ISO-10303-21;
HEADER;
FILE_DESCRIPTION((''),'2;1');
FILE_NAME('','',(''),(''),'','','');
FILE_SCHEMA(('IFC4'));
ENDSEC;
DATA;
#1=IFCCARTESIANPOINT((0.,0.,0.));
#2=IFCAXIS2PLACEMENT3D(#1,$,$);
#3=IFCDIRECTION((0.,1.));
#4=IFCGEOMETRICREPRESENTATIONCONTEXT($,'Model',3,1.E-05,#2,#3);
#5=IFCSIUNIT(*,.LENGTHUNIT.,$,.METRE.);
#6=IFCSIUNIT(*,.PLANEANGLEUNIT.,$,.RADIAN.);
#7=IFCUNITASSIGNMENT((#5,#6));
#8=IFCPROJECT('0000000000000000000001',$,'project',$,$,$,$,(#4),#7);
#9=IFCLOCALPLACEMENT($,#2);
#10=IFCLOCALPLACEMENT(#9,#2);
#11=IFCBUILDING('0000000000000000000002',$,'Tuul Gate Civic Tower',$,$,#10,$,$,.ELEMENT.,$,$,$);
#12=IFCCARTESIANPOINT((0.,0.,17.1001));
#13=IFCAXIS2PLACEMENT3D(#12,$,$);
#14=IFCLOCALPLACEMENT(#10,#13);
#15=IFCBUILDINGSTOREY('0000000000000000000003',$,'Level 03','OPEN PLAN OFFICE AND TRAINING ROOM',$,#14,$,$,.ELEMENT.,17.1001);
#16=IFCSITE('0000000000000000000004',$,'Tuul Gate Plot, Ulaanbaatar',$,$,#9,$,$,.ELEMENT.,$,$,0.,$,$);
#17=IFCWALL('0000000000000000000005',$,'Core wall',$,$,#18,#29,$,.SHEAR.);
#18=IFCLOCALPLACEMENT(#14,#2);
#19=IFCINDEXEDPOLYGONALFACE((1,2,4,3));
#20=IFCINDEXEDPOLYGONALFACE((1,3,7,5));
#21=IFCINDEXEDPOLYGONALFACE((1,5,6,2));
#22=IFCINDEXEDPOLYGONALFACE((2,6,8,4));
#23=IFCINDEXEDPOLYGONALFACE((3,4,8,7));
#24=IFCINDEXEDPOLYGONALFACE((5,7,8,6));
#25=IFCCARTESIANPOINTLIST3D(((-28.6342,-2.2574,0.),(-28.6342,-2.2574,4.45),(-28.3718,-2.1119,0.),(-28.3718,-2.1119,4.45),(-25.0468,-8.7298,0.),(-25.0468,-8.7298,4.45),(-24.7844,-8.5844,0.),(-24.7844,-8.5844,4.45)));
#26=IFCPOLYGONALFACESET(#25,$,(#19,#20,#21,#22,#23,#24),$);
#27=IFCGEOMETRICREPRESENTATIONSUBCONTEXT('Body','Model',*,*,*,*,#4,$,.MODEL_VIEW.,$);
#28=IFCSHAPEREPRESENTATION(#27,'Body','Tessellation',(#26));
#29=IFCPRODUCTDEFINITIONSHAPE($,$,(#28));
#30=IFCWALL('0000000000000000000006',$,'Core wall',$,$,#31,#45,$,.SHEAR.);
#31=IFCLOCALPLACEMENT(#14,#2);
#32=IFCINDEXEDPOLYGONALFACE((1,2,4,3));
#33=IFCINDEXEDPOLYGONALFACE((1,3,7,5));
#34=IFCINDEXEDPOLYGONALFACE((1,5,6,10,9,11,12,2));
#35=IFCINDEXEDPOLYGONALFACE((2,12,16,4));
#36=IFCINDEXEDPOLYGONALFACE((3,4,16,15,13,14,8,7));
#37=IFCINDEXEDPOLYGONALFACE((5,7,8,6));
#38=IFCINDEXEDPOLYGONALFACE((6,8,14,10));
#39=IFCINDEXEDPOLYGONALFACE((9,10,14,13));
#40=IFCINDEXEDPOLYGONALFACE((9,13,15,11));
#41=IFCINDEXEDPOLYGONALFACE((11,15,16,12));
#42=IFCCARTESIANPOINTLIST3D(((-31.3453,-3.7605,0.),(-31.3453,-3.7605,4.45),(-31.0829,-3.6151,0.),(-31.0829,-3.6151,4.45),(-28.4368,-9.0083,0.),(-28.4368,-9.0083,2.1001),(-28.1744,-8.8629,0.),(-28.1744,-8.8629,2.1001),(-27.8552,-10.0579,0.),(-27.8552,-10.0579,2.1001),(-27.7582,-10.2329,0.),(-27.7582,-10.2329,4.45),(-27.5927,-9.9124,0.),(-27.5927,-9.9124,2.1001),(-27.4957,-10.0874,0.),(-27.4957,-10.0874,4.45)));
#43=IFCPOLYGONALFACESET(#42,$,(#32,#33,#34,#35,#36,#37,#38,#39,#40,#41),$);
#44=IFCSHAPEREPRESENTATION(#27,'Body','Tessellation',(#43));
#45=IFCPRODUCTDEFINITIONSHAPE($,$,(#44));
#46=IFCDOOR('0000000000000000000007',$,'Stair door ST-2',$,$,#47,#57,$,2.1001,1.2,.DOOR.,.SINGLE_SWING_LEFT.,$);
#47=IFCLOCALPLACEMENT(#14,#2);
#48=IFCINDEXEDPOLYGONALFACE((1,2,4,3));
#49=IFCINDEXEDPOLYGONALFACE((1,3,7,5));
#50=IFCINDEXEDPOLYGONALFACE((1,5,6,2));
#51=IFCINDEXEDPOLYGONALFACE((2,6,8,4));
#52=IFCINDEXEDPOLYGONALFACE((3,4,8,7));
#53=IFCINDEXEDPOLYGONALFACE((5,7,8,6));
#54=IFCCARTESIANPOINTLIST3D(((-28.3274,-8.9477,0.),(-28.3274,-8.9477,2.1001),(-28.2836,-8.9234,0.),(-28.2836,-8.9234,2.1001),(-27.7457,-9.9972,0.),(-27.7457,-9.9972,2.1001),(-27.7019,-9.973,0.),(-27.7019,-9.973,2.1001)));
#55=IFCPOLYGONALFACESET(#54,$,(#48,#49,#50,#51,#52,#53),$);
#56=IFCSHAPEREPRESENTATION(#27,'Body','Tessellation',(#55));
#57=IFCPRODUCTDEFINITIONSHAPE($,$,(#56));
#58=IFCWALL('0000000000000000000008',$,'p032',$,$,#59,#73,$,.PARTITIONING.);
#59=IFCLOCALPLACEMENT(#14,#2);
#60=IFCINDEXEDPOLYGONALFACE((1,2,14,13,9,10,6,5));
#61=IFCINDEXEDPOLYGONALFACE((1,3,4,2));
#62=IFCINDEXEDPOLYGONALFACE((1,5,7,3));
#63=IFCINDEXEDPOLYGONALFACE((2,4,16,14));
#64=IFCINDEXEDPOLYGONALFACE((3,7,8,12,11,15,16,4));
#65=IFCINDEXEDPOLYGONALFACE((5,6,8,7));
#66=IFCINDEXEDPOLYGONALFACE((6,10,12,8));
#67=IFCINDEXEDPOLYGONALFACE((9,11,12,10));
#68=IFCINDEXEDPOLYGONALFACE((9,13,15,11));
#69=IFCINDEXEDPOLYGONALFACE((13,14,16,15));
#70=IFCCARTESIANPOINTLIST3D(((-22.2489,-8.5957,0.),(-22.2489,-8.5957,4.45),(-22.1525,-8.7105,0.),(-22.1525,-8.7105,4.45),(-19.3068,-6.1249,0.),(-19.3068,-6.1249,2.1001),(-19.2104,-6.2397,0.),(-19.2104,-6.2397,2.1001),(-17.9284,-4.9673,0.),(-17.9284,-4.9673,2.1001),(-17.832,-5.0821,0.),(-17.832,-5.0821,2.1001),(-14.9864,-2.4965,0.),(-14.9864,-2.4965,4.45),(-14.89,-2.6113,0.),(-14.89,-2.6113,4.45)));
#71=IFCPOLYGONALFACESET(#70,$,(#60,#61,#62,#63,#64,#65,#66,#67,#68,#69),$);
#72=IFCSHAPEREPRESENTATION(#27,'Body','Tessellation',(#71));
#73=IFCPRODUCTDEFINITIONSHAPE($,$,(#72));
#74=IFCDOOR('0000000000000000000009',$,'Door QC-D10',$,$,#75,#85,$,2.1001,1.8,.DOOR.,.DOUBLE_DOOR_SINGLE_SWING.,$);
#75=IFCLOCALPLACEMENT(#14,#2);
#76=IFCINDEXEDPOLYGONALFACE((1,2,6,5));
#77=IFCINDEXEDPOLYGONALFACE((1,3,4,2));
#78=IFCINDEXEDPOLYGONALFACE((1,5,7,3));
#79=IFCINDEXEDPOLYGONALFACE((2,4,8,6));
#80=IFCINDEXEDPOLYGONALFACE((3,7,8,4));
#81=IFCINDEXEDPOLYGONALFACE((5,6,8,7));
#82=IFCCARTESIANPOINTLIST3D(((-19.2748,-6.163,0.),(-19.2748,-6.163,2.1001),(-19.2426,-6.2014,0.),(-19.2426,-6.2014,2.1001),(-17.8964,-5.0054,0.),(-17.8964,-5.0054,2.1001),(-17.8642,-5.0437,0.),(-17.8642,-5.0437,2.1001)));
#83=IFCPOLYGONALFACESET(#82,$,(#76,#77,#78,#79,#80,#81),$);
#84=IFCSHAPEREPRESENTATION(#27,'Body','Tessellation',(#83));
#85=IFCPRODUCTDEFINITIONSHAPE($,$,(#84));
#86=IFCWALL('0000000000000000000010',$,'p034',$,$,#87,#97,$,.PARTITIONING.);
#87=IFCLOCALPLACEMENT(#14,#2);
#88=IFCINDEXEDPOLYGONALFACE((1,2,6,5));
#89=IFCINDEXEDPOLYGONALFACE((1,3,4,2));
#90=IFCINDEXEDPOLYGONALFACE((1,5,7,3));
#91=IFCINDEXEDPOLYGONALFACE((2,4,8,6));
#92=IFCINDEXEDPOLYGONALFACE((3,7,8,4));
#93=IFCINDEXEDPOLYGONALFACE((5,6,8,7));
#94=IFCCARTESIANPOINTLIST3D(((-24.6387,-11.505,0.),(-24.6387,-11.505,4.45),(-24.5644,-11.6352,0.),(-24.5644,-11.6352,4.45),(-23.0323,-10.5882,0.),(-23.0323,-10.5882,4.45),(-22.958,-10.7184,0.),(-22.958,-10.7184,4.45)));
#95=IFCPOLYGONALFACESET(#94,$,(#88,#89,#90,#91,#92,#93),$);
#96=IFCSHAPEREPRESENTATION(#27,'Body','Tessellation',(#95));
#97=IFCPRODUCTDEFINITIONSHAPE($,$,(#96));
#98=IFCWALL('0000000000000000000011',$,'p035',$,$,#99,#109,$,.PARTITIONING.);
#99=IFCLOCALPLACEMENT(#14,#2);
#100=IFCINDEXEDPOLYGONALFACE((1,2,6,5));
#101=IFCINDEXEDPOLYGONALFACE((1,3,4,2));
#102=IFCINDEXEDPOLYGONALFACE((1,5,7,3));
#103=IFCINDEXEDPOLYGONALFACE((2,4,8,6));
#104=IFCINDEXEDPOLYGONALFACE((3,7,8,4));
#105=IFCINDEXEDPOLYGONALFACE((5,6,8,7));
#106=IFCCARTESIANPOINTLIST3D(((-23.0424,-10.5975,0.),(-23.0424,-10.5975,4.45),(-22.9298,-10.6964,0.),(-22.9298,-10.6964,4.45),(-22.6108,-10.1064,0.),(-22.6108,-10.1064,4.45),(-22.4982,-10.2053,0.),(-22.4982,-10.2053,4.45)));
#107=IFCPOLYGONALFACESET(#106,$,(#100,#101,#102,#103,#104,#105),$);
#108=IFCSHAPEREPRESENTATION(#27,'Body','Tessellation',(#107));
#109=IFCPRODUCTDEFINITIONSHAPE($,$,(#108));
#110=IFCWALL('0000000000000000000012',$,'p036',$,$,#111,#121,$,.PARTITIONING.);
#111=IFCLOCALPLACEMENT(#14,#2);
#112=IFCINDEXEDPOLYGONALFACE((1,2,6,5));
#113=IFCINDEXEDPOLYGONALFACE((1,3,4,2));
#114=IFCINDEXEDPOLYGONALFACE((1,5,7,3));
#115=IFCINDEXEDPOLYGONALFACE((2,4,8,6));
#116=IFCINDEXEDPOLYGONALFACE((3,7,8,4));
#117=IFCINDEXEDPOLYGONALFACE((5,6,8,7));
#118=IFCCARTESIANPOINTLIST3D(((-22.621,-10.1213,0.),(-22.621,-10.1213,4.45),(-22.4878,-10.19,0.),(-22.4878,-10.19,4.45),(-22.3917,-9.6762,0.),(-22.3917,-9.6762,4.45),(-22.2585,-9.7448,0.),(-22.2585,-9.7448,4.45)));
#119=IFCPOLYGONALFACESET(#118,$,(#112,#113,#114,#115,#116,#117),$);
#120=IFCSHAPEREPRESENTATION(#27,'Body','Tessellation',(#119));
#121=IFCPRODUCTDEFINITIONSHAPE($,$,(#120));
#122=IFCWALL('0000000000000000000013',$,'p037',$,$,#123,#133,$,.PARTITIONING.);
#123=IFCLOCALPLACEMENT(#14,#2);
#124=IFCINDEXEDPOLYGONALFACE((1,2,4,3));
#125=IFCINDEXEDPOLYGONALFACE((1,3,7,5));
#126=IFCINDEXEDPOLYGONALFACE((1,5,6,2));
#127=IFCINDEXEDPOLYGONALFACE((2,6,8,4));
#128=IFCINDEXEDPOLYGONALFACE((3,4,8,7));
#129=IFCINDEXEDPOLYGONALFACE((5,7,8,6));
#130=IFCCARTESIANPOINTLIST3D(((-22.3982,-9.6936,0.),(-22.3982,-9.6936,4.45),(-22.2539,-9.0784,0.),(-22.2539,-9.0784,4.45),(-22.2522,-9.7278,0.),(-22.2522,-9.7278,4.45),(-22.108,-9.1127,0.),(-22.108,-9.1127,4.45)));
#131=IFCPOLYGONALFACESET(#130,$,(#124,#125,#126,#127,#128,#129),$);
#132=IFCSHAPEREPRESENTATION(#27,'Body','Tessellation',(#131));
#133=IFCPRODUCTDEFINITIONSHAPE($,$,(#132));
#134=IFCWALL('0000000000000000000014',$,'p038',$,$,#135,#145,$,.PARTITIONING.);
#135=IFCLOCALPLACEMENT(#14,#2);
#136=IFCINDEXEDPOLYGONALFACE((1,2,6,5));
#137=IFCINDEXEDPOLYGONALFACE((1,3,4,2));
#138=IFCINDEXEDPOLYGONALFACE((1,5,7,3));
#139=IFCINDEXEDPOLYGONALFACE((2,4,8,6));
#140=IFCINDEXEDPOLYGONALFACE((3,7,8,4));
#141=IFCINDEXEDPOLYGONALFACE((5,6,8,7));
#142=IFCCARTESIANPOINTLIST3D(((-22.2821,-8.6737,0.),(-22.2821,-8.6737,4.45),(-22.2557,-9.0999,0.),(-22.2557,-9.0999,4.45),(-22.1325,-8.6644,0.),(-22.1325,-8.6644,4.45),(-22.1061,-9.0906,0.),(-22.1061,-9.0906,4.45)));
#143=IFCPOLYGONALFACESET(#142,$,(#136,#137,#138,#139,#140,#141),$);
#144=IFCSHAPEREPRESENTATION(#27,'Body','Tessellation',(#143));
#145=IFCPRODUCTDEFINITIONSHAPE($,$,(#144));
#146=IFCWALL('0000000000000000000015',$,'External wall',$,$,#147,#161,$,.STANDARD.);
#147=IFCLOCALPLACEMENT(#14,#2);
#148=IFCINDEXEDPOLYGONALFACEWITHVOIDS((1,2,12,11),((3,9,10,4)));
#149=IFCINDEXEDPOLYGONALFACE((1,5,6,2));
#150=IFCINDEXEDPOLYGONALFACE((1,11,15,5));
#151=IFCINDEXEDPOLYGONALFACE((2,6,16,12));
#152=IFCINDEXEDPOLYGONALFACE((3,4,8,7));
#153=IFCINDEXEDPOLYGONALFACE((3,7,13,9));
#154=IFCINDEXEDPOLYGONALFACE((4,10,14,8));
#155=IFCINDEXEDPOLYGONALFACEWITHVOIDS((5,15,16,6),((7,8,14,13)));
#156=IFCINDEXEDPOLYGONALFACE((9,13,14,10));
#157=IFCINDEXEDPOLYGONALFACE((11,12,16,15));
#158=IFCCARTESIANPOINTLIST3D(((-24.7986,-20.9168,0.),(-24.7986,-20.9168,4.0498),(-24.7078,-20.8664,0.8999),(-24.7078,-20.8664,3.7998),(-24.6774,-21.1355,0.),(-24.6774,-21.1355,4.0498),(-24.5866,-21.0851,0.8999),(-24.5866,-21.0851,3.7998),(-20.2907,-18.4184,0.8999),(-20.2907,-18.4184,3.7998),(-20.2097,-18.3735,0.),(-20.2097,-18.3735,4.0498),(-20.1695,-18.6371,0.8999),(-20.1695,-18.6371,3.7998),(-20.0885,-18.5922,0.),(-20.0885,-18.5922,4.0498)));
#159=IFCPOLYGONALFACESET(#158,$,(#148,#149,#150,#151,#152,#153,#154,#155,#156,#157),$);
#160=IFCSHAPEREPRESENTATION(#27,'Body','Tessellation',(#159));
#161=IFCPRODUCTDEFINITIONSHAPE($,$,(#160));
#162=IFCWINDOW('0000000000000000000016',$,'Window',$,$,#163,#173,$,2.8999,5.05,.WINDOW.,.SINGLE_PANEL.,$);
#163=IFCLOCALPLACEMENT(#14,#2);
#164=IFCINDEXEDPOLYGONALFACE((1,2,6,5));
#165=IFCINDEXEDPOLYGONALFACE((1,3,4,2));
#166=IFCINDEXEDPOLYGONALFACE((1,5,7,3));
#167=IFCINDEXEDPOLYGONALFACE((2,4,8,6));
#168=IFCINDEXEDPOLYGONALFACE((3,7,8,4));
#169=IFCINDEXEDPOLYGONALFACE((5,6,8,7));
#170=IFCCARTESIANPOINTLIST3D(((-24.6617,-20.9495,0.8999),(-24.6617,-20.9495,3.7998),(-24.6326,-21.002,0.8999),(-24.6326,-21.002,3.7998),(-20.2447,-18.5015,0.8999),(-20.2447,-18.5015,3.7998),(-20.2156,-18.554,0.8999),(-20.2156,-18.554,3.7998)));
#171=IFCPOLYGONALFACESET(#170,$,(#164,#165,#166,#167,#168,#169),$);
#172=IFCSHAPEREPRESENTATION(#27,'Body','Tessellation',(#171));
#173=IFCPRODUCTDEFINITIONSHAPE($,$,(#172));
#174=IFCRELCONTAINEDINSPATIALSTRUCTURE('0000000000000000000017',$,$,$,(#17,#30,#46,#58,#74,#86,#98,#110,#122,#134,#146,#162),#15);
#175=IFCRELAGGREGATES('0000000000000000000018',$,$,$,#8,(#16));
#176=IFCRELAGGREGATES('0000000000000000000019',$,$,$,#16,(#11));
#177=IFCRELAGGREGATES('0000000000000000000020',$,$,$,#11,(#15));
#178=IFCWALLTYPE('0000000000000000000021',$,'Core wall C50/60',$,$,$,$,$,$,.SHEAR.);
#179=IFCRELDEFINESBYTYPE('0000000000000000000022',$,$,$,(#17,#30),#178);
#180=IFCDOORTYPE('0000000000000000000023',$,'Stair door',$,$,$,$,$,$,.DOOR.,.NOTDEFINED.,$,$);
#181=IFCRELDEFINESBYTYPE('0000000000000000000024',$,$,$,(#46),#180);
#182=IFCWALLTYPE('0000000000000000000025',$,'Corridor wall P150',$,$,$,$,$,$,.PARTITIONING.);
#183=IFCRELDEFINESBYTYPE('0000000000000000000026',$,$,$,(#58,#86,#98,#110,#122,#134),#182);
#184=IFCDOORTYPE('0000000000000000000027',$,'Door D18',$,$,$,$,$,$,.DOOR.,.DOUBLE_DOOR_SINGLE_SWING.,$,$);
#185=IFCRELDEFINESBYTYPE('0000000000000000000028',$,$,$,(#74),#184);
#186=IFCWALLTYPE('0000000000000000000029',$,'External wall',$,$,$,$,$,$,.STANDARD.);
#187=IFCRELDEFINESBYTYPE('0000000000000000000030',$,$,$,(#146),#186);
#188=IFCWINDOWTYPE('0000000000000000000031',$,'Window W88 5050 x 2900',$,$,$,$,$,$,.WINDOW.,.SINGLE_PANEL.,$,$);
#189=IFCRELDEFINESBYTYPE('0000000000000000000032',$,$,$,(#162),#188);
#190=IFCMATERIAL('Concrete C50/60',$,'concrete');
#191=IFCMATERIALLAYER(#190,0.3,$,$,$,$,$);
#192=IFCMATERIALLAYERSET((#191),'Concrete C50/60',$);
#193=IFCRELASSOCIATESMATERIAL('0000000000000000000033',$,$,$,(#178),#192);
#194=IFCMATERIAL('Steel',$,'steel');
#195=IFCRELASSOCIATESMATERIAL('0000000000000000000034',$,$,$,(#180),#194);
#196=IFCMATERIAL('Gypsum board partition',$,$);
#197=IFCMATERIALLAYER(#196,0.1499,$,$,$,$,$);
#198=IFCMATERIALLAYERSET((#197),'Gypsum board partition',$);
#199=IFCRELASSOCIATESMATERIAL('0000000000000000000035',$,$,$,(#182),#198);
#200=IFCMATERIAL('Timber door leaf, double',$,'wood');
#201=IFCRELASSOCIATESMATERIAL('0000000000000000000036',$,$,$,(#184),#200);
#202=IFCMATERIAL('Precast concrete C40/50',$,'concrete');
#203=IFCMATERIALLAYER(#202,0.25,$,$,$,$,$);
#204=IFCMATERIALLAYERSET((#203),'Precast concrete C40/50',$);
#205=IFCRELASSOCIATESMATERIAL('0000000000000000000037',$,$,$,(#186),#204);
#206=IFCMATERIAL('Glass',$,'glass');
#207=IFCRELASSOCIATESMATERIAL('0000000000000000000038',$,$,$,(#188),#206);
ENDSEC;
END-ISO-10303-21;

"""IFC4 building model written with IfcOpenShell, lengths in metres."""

from ifc_helpers import new_model, si_unit, direction, frame, frame_2d, origin, place, context, subcontext, project, spatial, rectangle, extrude, material, layer, layer_set, type_object, element, fill, save


model = new_model("IFC4")

# Units and contexts
model_context = context("Model", 3, precision=1e-05, world=origin(), true_north=direction((0.0, 1.0)))
body_context = subcontext(model_context, "Body", "Model", "MODEL_VIEW")
ifc_project = project(units=[si_unit("LENGTHUNIT", "METRE"), si_unit("PLANEANGLEUNIT", "RADIAN")], contexts=[model_context])

# Site, building, storey
site_placement = place(None, origin())
site = spatial("IfcSite", under=ifc_project, at=site_placement, Name="Tuul Gate Plot, Ulaanbaatar", CompositionType="ELEMENT", RefElevation=0.0)
building_placement = place(site_placement, origin())
building = spatial("IfcBuilding", under=site, at=building_placement, Name="Tuul Gate Civic Tower", CompositionType="ELEMENT")
storey_placement = place(building_placement, frame((0.0, 0.0, 17.1001)))
storey = spatial("IfcBuildingStorey", under=building, at=storey_placement, Name="Level 03", Description="OPEN PLAN OFFICE AND TRAINING ROOM", CompositionType="ELEMENT", Elevation=17.1001)

# Wall
ifc_material_1 = material(Name="Concrete C50/60", Category="concrete")
ifc_layer_1 = layer(ifc_material_1, 0.3)
ifc_layer_set_1 = layer_set([ifc_layer_1], Name="Concrete C50/60")
wall_type_1 = type_object("IfcWallType", Name="Core wall C50/60", PredefinedType="SHEAR", material=ifc_layer_set_1)
wall_1_placement = place(storey_placement, frame((-24.9155, -8.6572, 0.0), z_axis=(0.0, 0.0, 1.0), x_axis=(-0.484777, 0.874638, 0.0)))
element("IfcWall", 1, at=wall_1_placement, inside=storey, type_object=wall_type_1, Name="Core wall", PredefinedType="SHEAR", context=body_context, shape_type="SweptSolid", body=[
    extrude(rectangle(XDim=7.4001, YDim=0.3, at=frame_2d((3.7002, 0.0))), origin(), (0.0, 0.0, 1.0), 4.45),
])

# Walls, openings, doors
wall_2_placement = place(storey_placement, frame((-27.627, -10.1602, 0.0), z_axis=(0.0, 0.0, 1.0), x_axis=(-0.484752, 0.874652, 0.0)))
wall_2 = element("IfcWall", 2, at=wall_2_placement, inside=storey, type_object=wall_type_1, Name="Core wall", PredefinedType="SHEAR", context=body_context, shape_type="SweptSolid", body=[
    extrude(rectangle(XDim=7.3999, YDim=0.3, at=frame_2d((3.7, 0.0))), origin(), (0.0, 0.0, 1.0), 4.45),
])
opening_1_placement = place(wall_2_placement, frame((0.2, 0.0, 0.0)))
opening_1 = element("IfcOpeningElement", 3, at=opening_1_placement, cuts=wall_2, PredefinedType="OPENING", context=body_context, shape_type="SweptSolid", body=[
    extrude(rectangle(XDim=1.2, YDim=2.1001, at=frame_2d((0.6001, 1.05))), frame((0.0, 0.1602, 0.0), z_axis=(0.0, -1.0, 0.0), x_axis=(1.0, 0.0, 0.0)), (0.0, 0.0, 1.0), 0.3201),
])
ifc_material_2 = material(Name="Steel", Category="steel")
door_type_1 = type_object("IfcDoorType", Name="Stair door", OperationType="NOTDEFINED", PredefinedType="DOOR", material=ifc_material_2)
door_1_placement = place(opening_1_placement, origin())
door_1 = element("IfcDoor", 4, at=door_1_placement, inside=storey, type_object=door_type_1, Name="Stair door ST-2", OperationType="SINGLE_SWING_LEFT", OverallHeight=2.1001, OverallWidth=1.2, PredefinedType="DOOR", context=body_context, shape_type="SweptSolid", body=[
    extrude(rectangle(XDim=1.2, YDim=2.1001, at=frame_2d((0.6001, 1.05))), frame((0.0, 0.0249, 0.0), z_axis=(0.0, -1.0, 0.0), x_axis=(1.0, 0.0, 0.0)), (0.0, 0.0, 1.0), 0.05),
])
fill(opening_1, door_1)
ifc_material_3 = material(Name="Gypsum board partition")
ifc_layer_2 = layer(ifc_material_3, 0.1499)
ifc_layer_set_2 = layer_set([ifc_layer_2], Name="Gypsum board partition")
wall_type_2 = type_object("IfcWallType", Name="Corridor wall P150", PredefinedType="PARTITIONING", material=ifc_layer_set_2)
wall_3_placement = place(storey_placement, frame((-22.2007, -8.6531, 0.0), z_axis=(0.0, 0.0, 1.0), x_axis=(0.765774, 0.643109, 0.0)))
wall_3 = element("IfcWall", 5, at=wall_3_placement, inside=storey, type_object=wall_type_2, Name="p032", PredefinedType="PARTITIONING", context=body_context, shape_type="SweptSolid", body=[
    extrude(rectangle(XDim=9.4839, YDim=0.1499, at=frame_2d((4.7419, 0.0))), origin(), (0.0, 0.0, 1.0), 4.45),
])
opening_2_placement = place(wall_3_placement, frame((3.842, 0.0, 0.0)))
opening_2 = element("IfcOpeningElement", 6, at=opening_2_placement, cuts=wall_3, PredefinedType="OPENING", context=body_context, shape_type="SweptSolid", body=[
    extrude(rectangle(XDim=1.8, YDim=2.1001, at=frame_2d((0.8999, 1.05))), frame((0.0, 0.085, 0.0), z_axis=(0.0, -1.0, 0.0), x_axis=(1.0, 0.0, 0.0)), (0.0, 0.0, 1.0), 0.1699),
])
ifc_material_4 = material(Name="Timber door leaf, double", Category="wood")
door_type_2 = type_object("IfcDoorType", Name="Door D18", OperationType="DOUBLE_DOOR_SINGLE_SWING", PredefinedType="DOOR", material=ifc_material_4)
door_2_placement = place(opening_2_placement, frame((1.8, 0.0, 0.0), z_axis=(0.0, 0.0, 1.0), x_axis=(-1.0, 0.0, 0.0)))
door_2 = element("IfcDoor", 7, at=door_2_placement, inside=storey, type_object=door_type_2, Name="Door QC-D10", OperationType="DOUBLE_DOOR_SINGLE_SWING", OverallHeight=2.1001, OverallWidth=1.8, PredefinedType="DOOR", context=body_context, shape_type="SweptSolid", body=[
    extrude(rectangle(XDim=1.8, YDim=2.1001, at=frame_2d((0.9001, 1.05))), frame((0.0, 0.0249, 0.0), z_axis=(0.0, -1.0, 0.0), x_axis=(1.0, 0.0, 0.0)), (0.0, 0.0, 1.0), 0.05),
])
fill(opening_2, door_2)

# Walls
wall_4_placement = place(storey_placement, frame((-24.6016, -11.5701, 0.0), z_axis=(0.0, 0.0, 1.0), x_axis=(0.868527, 0.495641, 0.0)))
element("IfcWall", 8, at=wall_4_placement, inside=storey, type_object=wall_type_2, Name="p034", PredefinedType="PARTITIONING", context=body_context, shape_type="SweptSolid", body=[
    extrude(rectangle(XDim=1.8496, YDim=0.1499, at=frame_2d((0.9248, 0.0))), origin(), (0.0, 0.0, 1.0), 4.45),
])
wall_5_placement = place(storey_placement, frame((-22.9861, -10.647, 0.0), z_axis=(0.0, 0.0, 1.0), x_axis=(0.660089, 0.751187, 0.0)))
element("IfcWall", 9, at=wall_5_placement, inside=storey, type_object=wall_type_2, Name="p035", PredefinedType="PARTITIONING", context=body_context, shape_type="SweptSolid", body=[
    extrude(rectangle(XDim=0.6538, YDim=0.1499, at=frame_2d((0.3269, 0.0))), origin(), (0.0, 0.0, 1.0), 4.45),
])
wall_6_placement = place(storey_placement, frame((-22.5544, -10.1558, 0.0), z_axis=(0.0, 0.0, 1.0), x_axis=(0.45791, 0.888999, 0.0)))
element("IfcWall", 10, at=wall_6_placement, inside=storey, type_object=wall_type_2, Name="p036", PredefinedType="PARTITIONING", context=body_context, shape_type="SweptSolid", body=[
    extrude(rectangle(XDim=0.5007, YDim=0.1499, at=frame_2d((0.2505, 0.0))), origin(), (0.0, 0.0, 1.0), 4.45),
])
wall_7_placement = place(storey_placement, frame((-22.3252, -9.7107, 0.0), z_axis=(0.0, 0.0, 1.0), x_axis=(0.228329, 0.973584, 0.0)))
element("IfcWall", 11, at=wall_7_placement, inside=storey, type_object=wall_type_2, Name="p037", PredefinedType="PARTITIONING", context=body_context, shape_type="SweptSolid", body=[
    extrude(rectangle(XDim=0.6318, YDim=0.1499, at=frame_2d((0.3159, 0.0))), origin(), (0.0, 0.0, 1.0), 4.45),
])
wall_8_placement = place(storey_placement, frame((-22.2073, -8.6692, 0.0), z_axis=(0.0, 0.0, 1.0), x_axis=(0.061738, -0.998092, 0.0)))
element("IfcWall", 12, at=wall_8_placement, inside=storey, type_object=wall_type_2, Name="p038", PredefinedType="PARTITIONING", context=body_context, shape_type="SweptSolid", body=[
    extrude(rectangle(XDim=0.427, YDim=0.1499, at=frame_2d((0.2134, 0.0))), origin(), (0.0, 0.0, 1.0), 4.45),
])

# Wall, opening, window
ifc_material_5 = material(Name="Precast concrete C40/50", Category="concrete")
ifc_layer_3 = layer(ifc_material_5, 0.25)
ifc_layer_set_3 = layer_set([ifc_layer_3], Name="Precast concrete C40/50")
wall_type_3 = type_object("IfcWallType", Name="External wall", PredefinedType="STANDARD", material=ifc_layer_set_3)
wall_9_placement = place(storey_placement, frame((-24.738, -21.0261, 0.0), z_axis=(0.0, 0.0, 1.0), x_axis=(0.874655, 0.484746, 0.0)))
wall_9 = element("IfcWall", 13, at=wall_9_placement, inside=storey, type_object=wall_type_3, Name="External wall", PredefinedType="STANDARD", context=body_context, shape_type="SweptSolid", body=[
    extrude(rectangle(XDim=5.2466, YDim=0.25, at=frame_2d((2.6233, 0.0))), origin(), (0.0, 0.0, 1.0), 4.0498),
])
opening_3_placement = place(wall_9_placement, frame((0.104, 0.0, 0.8999)))
opening_3 = element("IfcOpeningElement", 14, at=opening_3_placement, cuts=wall_9, PredefinedType="OPENING", context=body_context, shape_type="SweptSolid", body=[
    extrude(rectangle(XDim=5.05, YDim=2.8999, at=frame_2d((2.5249, 1.45))), frame((0.0, 0.135, 0.0), z_axis=(0.0, -1.0, 0.0), x_axis=(1.0, 0.0, 0.0)), (0.0, 0.0, 1.0), 0.27),
])
ifc_material_6 = material(Name="Glass", Category="glass")
window_type_1 = type_object("IfcWindowType", Name="Window W88 5050 x 2900", PartitioningType="SINGLE_PANEL", PredefinedType="WINDOW", material=ifc_material_6)
window_1_placement = place(opening_3_placement, origin())
window_1 = element("IfcWindow", 15, at=window_1_placement, inside=storey, type_object=window_type_1, Name="Window", OverallHeight=2.8999, OverallWidth=5.05, PartitioningType="SINGLE_PANEL", PredefinedType="WINDOW", context=body_context, shape_type="SweptSolid", body=[
    extrude(rectangle(XDim=5.05, YDim=2.8999, at=frame_2d((2.5249, 1.45))), frame((0.0, 0.03, 0.0), z_axis=(0.0, -1.0, 0.0), x_axis=(1.0, 0.0, 0.0)), (0.0, 0.0, 1.0), 0.0601),
])
fill(opening_3, window_1)

save(model, "model.ifc")
